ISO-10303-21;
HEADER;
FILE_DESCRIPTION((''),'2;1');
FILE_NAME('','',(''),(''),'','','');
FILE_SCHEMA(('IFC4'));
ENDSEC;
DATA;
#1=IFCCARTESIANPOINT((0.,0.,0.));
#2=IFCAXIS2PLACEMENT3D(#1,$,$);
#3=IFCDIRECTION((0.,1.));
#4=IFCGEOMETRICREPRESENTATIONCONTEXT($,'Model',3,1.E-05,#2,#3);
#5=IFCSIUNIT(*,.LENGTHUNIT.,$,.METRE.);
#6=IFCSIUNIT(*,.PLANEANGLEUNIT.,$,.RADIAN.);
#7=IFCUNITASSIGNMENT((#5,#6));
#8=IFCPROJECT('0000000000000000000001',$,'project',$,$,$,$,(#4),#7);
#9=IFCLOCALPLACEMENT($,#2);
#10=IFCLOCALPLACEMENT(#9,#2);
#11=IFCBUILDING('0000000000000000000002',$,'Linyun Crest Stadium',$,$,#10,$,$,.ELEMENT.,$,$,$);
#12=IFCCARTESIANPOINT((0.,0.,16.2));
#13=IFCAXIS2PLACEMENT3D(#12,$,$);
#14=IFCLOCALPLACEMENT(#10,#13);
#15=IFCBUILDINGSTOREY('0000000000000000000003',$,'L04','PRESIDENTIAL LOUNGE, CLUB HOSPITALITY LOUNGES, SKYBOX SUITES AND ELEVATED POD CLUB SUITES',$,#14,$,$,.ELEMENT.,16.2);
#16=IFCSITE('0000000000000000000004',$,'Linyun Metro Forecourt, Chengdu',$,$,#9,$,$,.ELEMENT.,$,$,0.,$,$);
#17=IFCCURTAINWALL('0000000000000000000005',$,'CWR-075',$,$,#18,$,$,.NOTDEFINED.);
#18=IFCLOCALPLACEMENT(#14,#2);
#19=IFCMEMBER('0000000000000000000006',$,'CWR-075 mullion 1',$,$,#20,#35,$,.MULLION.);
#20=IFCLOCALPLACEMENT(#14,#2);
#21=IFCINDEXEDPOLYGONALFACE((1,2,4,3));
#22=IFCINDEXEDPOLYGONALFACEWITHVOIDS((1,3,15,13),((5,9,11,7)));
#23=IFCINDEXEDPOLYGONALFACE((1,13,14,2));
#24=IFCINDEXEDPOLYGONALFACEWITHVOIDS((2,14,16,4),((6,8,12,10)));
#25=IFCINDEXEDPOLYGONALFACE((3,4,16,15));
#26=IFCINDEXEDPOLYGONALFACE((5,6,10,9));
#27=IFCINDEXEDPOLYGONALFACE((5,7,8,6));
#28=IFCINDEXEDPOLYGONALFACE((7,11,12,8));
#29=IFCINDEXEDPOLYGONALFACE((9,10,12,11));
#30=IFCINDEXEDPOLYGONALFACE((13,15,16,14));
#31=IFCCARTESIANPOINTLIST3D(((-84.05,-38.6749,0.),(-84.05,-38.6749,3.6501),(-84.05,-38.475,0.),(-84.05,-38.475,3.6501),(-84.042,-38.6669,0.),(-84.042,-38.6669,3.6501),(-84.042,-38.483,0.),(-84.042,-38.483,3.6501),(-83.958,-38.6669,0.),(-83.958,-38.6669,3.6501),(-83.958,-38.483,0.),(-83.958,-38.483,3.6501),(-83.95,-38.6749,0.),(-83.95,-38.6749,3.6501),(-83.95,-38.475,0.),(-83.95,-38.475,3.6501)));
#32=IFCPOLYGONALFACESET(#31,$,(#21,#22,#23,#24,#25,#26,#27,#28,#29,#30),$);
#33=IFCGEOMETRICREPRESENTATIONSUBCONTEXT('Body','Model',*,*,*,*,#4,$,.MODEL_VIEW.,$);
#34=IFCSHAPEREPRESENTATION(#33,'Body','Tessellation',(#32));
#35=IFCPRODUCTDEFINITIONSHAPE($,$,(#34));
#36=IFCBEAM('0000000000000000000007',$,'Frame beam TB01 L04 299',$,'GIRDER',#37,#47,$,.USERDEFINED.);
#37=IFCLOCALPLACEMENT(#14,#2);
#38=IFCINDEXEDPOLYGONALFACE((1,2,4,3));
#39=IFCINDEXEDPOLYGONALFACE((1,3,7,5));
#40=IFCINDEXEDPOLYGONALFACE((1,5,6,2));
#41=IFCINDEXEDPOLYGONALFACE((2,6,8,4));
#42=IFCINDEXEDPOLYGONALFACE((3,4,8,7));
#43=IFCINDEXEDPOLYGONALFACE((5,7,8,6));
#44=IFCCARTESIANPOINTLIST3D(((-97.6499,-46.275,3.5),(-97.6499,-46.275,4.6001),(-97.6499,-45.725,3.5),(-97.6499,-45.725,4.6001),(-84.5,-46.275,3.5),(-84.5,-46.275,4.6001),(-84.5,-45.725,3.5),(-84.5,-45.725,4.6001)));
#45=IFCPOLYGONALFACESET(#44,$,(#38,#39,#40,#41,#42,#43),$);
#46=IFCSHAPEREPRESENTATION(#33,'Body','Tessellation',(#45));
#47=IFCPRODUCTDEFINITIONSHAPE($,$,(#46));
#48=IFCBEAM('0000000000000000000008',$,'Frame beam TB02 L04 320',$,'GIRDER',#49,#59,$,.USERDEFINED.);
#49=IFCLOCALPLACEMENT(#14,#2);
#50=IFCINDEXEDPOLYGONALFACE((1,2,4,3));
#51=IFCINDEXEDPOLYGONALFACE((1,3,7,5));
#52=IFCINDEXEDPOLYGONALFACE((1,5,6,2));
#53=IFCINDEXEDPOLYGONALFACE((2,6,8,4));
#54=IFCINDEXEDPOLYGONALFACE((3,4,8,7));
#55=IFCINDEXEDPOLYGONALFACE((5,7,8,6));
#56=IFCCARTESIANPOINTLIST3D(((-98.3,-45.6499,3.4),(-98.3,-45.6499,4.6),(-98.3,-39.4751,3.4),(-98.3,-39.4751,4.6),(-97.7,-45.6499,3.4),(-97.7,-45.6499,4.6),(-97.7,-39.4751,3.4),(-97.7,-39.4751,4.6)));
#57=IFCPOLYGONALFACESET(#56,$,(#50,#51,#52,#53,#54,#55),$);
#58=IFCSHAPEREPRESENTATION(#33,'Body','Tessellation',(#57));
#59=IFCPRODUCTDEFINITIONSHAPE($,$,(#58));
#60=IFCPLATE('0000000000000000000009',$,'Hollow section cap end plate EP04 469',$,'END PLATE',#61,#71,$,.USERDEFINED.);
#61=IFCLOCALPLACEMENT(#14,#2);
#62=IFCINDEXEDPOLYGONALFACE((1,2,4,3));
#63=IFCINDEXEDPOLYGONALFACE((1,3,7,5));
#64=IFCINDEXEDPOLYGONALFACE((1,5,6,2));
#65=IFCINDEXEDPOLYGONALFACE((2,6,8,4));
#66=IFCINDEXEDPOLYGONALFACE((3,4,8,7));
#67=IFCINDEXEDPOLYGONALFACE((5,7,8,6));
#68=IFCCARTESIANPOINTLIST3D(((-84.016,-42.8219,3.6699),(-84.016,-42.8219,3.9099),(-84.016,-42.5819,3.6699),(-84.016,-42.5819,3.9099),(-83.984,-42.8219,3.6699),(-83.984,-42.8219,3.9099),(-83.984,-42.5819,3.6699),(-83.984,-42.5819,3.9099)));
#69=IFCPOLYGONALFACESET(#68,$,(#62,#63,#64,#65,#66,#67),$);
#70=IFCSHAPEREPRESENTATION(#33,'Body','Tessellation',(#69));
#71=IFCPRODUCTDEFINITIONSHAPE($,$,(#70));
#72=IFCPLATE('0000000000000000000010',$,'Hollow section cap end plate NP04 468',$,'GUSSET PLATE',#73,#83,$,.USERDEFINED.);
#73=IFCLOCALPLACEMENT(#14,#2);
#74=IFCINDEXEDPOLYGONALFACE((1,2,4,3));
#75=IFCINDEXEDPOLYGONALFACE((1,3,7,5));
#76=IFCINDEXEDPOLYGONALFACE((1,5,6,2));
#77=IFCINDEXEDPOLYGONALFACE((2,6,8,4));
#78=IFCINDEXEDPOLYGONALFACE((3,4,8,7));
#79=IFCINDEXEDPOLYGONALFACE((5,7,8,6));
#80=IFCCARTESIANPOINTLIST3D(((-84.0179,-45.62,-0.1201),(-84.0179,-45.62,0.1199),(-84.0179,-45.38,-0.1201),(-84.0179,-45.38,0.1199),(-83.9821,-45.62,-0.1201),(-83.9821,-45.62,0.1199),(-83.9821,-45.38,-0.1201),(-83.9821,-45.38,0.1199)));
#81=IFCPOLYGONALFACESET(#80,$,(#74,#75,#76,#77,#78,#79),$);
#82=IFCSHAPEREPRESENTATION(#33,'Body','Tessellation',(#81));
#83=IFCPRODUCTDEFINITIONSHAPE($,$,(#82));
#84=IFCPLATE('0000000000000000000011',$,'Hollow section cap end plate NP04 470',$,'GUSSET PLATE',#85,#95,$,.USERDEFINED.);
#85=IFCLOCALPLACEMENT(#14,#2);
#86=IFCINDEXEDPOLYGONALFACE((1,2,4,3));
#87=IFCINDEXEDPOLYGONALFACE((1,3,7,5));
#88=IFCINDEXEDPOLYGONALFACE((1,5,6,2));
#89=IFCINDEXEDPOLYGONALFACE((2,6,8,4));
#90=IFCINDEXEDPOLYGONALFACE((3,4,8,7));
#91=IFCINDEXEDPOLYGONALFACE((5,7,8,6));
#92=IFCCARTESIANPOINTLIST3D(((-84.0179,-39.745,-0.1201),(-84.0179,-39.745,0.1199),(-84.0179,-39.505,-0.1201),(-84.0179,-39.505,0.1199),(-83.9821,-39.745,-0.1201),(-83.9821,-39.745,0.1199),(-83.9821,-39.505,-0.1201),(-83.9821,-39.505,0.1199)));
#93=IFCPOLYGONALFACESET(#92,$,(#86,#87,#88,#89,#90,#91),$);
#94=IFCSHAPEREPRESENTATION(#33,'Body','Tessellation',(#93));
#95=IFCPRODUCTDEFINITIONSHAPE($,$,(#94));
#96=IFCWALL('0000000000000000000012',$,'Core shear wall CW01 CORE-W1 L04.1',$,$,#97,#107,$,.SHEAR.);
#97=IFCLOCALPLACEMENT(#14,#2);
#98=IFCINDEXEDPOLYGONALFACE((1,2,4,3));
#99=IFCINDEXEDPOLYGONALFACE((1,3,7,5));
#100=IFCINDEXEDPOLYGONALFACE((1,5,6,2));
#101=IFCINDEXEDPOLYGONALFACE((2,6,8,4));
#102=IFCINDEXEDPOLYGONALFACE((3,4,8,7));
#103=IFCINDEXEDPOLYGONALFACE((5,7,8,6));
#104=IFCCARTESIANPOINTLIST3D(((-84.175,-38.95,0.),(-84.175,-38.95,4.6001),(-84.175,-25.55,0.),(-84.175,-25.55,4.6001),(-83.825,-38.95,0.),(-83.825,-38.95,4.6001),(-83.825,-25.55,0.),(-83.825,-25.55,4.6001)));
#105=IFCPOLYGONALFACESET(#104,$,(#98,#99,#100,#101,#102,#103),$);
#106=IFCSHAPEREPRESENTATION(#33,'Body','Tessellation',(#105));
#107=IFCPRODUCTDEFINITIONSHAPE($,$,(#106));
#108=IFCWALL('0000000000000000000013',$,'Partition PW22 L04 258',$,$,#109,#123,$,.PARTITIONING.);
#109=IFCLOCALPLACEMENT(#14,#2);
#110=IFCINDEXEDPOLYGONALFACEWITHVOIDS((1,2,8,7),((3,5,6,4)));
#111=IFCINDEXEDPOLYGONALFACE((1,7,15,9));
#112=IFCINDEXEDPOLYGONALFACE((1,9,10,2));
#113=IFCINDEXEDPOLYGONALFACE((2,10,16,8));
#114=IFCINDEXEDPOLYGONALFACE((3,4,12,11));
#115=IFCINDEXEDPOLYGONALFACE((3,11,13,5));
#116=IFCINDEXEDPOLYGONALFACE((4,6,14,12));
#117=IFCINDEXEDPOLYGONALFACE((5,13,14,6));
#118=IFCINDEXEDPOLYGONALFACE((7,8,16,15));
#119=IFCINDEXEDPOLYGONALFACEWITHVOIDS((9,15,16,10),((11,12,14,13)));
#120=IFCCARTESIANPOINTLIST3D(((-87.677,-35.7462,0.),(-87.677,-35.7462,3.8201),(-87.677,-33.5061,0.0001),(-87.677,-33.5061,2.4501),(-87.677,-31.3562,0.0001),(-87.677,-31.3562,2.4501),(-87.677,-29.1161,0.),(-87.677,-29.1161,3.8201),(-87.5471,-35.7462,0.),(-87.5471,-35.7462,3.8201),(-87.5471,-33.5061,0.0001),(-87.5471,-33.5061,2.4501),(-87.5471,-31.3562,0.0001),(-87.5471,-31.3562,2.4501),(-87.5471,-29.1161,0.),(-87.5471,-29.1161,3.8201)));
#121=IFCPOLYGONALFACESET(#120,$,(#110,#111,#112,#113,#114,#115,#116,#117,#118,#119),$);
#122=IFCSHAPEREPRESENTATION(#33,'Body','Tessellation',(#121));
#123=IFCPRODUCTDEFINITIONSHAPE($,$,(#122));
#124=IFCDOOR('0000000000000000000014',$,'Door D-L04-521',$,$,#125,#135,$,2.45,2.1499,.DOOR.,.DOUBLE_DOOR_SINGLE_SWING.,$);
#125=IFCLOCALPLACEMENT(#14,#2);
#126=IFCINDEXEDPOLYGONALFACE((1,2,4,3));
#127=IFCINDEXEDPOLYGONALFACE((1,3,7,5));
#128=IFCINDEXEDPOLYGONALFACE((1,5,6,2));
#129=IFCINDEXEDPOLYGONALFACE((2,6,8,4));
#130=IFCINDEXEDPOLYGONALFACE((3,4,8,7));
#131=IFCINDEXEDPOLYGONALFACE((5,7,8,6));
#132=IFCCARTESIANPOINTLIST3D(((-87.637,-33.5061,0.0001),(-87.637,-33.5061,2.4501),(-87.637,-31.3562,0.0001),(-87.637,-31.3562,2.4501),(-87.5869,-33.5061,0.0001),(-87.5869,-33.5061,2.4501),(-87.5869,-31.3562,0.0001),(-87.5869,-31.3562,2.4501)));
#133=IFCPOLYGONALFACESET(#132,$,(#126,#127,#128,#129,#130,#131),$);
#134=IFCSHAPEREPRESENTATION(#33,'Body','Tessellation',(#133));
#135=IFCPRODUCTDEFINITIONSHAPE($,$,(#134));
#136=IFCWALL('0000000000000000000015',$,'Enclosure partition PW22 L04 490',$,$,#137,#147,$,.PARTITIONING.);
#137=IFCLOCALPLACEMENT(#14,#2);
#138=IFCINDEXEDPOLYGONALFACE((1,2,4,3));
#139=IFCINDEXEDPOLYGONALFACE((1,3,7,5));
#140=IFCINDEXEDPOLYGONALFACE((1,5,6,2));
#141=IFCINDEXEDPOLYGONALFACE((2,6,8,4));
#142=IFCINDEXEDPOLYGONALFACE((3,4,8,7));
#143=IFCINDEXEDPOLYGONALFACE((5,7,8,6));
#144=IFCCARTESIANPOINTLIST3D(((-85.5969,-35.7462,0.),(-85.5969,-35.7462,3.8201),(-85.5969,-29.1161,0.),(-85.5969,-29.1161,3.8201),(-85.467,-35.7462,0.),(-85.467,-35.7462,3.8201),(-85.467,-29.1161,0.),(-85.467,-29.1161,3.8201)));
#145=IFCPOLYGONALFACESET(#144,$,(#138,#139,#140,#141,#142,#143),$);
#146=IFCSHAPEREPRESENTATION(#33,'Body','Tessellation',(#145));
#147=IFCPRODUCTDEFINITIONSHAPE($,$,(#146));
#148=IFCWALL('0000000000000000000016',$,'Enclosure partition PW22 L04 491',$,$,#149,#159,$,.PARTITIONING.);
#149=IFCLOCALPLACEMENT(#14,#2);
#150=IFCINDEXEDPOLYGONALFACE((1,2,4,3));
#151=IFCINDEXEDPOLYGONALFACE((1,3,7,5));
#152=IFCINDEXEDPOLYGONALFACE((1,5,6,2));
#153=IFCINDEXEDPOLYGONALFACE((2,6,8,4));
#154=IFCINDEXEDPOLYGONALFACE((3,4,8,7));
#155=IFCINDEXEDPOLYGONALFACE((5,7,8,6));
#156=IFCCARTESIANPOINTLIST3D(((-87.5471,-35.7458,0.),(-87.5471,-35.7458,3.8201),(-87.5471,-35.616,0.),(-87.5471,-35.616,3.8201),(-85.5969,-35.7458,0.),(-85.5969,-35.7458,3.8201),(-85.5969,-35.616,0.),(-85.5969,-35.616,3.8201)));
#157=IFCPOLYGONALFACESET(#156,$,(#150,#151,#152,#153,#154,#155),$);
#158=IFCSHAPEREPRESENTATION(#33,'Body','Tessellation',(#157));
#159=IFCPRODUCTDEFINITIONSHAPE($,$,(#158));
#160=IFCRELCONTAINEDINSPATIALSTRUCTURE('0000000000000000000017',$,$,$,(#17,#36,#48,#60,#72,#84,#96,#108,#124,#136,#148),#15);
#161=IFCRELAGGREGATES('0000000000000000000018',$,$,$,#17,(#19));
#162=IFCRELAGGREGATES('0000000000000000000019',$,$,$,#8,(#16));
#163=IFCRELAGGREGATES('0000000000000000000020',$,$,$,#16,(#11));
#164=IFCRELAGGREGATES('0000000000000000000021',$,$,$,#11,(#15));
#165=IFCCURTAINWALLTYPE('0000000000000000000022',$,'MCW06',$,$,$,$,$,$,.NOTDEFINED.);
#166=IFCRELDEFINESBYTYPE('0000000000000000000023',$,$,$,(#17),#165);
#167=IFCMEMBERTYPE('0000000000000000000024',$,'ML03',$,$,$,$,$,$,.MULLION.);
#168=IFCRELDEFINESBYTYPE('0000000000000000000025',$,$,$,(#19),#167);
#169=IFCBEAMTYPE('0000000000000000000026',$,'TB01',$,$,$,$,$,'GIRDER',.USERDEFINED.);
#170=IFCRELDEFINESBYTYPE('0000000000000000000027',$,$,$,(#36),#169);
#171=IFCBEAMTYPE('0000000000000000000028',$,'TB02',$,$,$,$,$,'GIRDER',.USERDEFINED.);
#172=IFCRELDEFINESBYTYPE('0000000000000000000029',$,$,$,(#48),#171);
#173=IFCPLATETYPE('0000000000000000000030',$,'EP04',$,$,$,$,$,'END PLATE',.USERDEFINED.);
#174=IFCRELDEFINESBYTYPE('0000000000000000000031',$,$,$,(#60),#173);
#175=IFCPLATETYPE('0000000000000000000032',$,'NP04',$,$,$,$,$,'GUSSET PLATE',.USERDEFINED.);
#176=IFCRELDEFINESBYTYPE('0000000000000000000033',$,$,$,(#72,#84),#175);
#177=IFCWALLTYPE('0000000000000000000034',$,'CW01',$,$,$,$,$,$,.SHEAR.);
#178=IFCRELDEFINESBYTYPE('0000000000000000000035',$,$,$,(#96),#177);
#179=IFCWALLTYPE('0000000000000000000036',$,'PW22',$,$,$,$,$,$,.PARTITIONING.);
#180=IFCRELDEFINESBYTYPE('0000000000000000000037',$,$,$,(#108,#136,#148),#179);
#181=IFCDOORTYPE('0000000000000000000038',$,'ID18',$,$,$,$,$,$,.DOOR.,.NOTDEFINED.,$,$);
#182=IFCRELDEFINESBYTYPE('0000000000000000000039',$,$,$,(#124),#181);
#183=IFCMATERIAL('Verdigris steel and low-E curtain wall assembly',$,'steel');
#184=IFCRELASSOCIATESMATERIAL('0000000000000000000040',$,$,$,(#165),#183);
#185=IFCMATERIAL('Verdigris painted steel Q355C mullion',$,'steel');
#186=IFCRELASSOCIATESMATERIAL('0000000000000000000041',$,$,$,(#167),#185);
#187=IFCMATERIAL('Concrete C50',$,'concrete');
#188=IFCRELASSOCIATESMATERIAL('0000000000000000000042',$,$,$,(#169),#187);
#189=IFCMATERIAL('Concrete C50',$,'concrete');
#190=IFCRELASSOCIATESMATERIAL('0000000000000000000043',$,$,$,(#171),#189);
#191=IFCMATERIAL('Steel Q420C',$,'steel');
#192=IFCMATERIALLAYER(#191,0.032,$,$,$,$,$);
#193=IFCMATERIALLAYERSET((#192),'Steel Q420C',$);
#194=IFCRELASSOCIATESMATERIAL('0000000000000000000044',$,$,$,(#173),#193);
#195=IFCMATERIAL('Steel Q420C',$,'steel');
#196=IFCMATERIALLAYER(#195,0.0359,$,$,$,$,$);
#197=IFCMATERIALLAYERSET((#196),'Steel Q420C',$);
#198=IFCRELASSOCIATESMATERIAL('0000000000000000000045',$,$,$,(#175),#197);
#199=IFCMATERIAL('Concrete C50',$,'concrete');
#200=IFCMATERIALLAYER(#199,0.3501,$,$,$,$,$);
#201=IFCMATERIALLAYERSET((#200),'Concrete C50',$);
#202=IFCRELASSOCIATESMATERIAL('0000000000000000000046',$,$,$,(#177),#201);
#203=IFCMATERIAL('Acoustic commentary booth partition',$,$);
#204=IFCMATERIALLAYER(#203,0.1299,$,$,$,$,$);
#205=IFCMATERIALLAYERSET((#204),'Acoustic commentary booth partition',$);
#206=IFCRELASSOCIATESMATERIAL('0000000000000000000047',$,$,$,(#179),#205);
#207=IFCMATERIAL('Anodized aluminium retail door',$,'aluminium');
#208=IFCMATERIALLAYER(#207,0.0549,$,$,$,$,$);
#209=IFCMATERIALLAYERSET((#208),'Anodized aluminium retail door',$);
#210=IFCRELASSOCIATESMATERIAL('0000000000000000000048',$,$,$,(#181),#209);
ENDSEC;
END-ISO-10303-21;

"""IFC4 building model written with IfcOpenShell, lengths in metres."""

from ifc_helpers import new_model, si_unit, direction, frame, frame_2d, origin, origin_2d, place, context, subcontext, project, spatial, rectangle, hollow_rectangle, extrude, material, layer, layer_set, material_profile, profile_set, type_object, element, fill, aggregate, save


model = new_model("IFC4")

# Units and contexts
model_context = context("Model", 3, precision=1e-05, world=origin(), true_north=direction((0.0, 1.0)))
body_context = subcontext(model_context, "Body", "Model", "MODEL_VIEW")
ifc_project = project(units=[si_unit("LENGTHUNIT", "METRE"), si_unit("PLANEANGLEUNIT", "RADIAN")], contexts=[model_context])

# Site, building, storey
site_placement = place(None, origin())
site = spatial("IfcSite", under=ifc_project, at=site_placement, Name="Linyun Metro Forecourt, Chengdu", CompositionType="ELEMENT", RefElevation=0.0)
building_placement = place(site_placement, origin())
building = spatial("IfcBuilding", under=site, at=building_placement, Name="Linyun Crest Stadium", CompositionType="ELEMENT")
storey_placement = place(building_placement, frame((0.0, 0.0, 16.2)))
storey = spatial("IfcBuildingStorey", under=building, at=storey_placement, Name="L04", Description="PRESIDENTIAL LOUNGE, CLUB HOSPITALITY LOUNGES, SKYBOX SUITES AND ELEVATED POD CLUB SUITES", CompositionType="ELEMENT", Elevation=16.2)

# Curtain wall, member
ifc_material_1 = material(Name="Verdigris steel and low-E curtain wall assembly", Category="steel")
curtain_wall_type = type_object("IfcCurtainWallType", Name="MCW06", PredefinedType="NOTDEFINED", material=ifc_material_1)
curtain_wall_placement = place(storey_placement, origin())
curtain_wall = element("IfcCurtainWall", 1, at=curtain_wall_placement, inside=storey, type_object=curtain_wall_type, Name="CWR-075", PredefinedType="NOTDEFINED")
ifc_material_2 = material(Name="Verdigris painted steel Q355C mullion", Category="steel")
ifc_material_profile_1 = material_profile(ifc_material_2, hollow_rectangle(XDim=0.1001, YDim=0.2, WallThickness=0.0081, at=origin_2d()), Name="RHS 200x100x8")
ifc_profile_set_1 = profile_set([ifc_material_profile_1], Name="Verdigris painted steel Q355C mullion")
member_type_1 = type_object("IfcMemberType", Name="ML03", PredefinedType="MULLION", material=ifc_profile_set_1)
member_1_placement = place(storey_placement, frame((-84.0, -38.575, 0.0), z_axis=(0.0, 0.0, 1.0), x_axis=(-1.0, 0.0, 0.0)))
member_1 = element("IfcMember", 2, at=member_1_placement, type_object=member_type_1, Name="CWR-075 mullion 1", PredefinedType="MULLION", context=body_context, shape_type="SweptSolid", body=[
    extrude(hollow_rectangle(XDim=0.1001, YDim=0.2, WallThickness=0.0081, at=origin_2d()), origin(), (0.0, 0.0, 1.0), 3.6501),
])
aggregate(curtain_wall, [member_1])

# Beams
ifc_material_3 = material(Name="Concrete C50", Category="concrete")
ifc_material_profile_2 = material_profile(ifc_material_3, rectangle(XDim=0.55, YDim=1.1001, at=origin_2d()), Name="RCB 1100x550")
ifc_profile_set_2 = profile_set([ifc_material_profile_2], Name="Concrete C50")
beam_type_1 = type_object("IfcBeamType", Name="TB01", ElementType="GIRDER", PredefinedType="USERDEFINED", material=ifc_profile_set_2)
beam_1_placement = place(storey_placement, frame((-97.6499, -46.0, 4.05), z_axis=(1.0, 0.0, 0.0), x_axis=(0.0, 1.0, 0.0)))
element("IfcBeam", 3, at=beam_1_placement, inside=storey, type_object=beam_type_1, Name="Frame beam TB01 L04 299", ObjectType="GIRDER", PredefinedType="USERDEFINED", context=body_context, shape_type="SweptSolid", body=[
    extrude(rectangle(XDim=0.55, YDim=1.1001, at=origin_2d()), origin(), (0.0, 0.0, 1.0), 13.1499),
])
ifc_material_4 = material(Name="Concrete C50", Category="concrete")
ifc_material_profile_3 = material_profile(ifc_material_4, rectangle(XDim=0.6001, YDim=1.2, at=origin_2d()), Name="RCB 1200x600")
ifc_profile_set_3 = profile_set([ifc_material_profile_3], Name="Concrete C50")
beam_type_2 = type_object("IfcBeamType", Name="TB02", ElementType="GIRDER", PredefinedType="USERDEFINED", material=ifc_profile_set_3)
beam_2_placement = place(storey_placement, frame((-98.0, -45.6499, 4.0), z_axis=(0.0, 1.0, 0.0), x_axis=(-1.0, 0.0, 0.0)))
element("IfcBeam", 4, at=beam_2_placement, inside=storey, type_object=beam_type_2, Name="Frame beam TB02 L04 320", ObjectType="GIRDER", PredefinedType="USERDEFINED", context=body_context, shape_type="SweptSolid", body=[
    extrude(rectangle(XDim=0.6001, YDim=1.2, at=origin_2d()), origin(), (0.0, 0.0, 1.0), 6.1748),
])

# Plates
ifc_material_5 = material(Name="Steel Q420C", Category="steel")
ifc_layer_1 = layer(ifc_material_5, 0.032)
ifc_layer_set_1 = layer_set([ifc_layer_1], Name="Steel Q420C")
plate_type_1 = type_object("IfcPlateType", Name="EP04", ElementType="END PLATE", PredefinedType="USERDEFINED", material=ifc_layer_set_1)
plate_placement = place(storey_placement, frame((-84.0, -42.7019, 3.6699), z_axis=(0.0, 0.0, 1.0), x_axis=(0.0, 1.0, 0.0)))
element("IfcPlate", 5, at=plate_placement, inside=storey, type_object=plate_type_1, Name="Hollow section cap end plate EP04 469", ObjectType="END PLATE", PredefinedType="USERDEFINED", context=body_context, shape_type="SweptSolid", body=[
    extrude(rectangle(XDim=0.24, YDim=0.032, at=origin_2d()), origin(), (0.0, 0.0, 1.0), 0.24),
])
ifc_material_6 = material(Name="Steel Q420C", Category="steel")
ifc_layer_2 = layer(ifc_material_6, 0.0359)
ifc_layer_set_2 = layer_set([ifc_layer_2], Name="Steel Q420C")
plate_type_2 = type_object("IfcPlateType", Name="NP04", ElementType="GUSSET PLATE", PredefinedType="USERDEFINED", material=ifc_layer_set_2)
for number, where, z_axis, x_axis, name in (
    (6, (-84.0, -45.5, -0.1201), (0.0, 0.0, 1.0), (0.0, 1.0, 0.0), "Hollow section cap end plate NP04 468"),
    (7, (-84.0, -39.625, -0.1201), (0.0, 0.0, 1.0), (0.0, 1.0, 0.0), "Hollow section cap end plate NP04 470"),
):
    element("IfcPlate", number, at=place(storey_placement, frame(where, z_axis=z_axis, x_axis=x_axis)), inside=storey, type_object=plate_type_2, Name=name, ObjectType="GUSSET PLATE", PredefinedType="USERDEFINED", context=body_context, shape_type="SweptSolid", body=[
        extrude(rectangle(XDim=0.24, YDim=0.0359, at=origin_2d()), origin(), (0.0, 0.0, 1.0), 0.24),
    ])

# Wall
ifc_material_7 = material(Name="Concrete C50", Category="concrete")
ifc_layer_3 = layer(ifc_material_7, 0.3501)
ifc_layer_set_3 = layer_set([ifc_layer_3], Name="Concrete C50")
wall_type_1 = type_object("IfcWallType", Name="CW01", PredefinedType="SHEAR", material=ifc_layer_set_3)
wall_1_placement = place(storey_placement, frame((-84.0, -38.95, 0.0), z_axis=(0.0, 0.0, 1.0), x_axis=(0.0, 1.0, 0.0)))
element("IfcWall", 8, at=wall_1_placement, inside=storey, type_object=wall_type_1, Name="Core shear wall CW01 CORE-W1 L04.1", PredefinedType="SHEAR", context=body_context, shape_type="SweptSolid", body=[
    extrude(rectangle(XDim=13.3999, YDim=0.3501, at=frame_2d((6.7, 0.0))), origin(), (0.0, 0.0, 1.0), 4.6001),
])

# Wall, opening, door
ifc_material_8 = material(Name="Acoustic commentary booth partition")
ifc_layer_4 = layer(ifc_material_8, 0.1299)
ifc_layer_set_4 = layer_set([ifc_layer_4], Name="Acoustic commentary booth partition")
wall_type_2 = type_object("IfcWallType", Name="PW22", PredefinedType="PARTITIONING", material=ifc_layer_set_4)
wall_2_placement = place(storey_placement, frame((-87.6121, -35.7461, 0.0), z_axis=(0.0, 0.0, 1.0), x_axis=(0.0, 1.0, 0.0)))
wall_2 = element("IfcWall", 9, at=wall_2_placement, inside=storey, type_object=wall_type_2, Name="Partition PW22 L04 258", PredefinedType="PARTITIONING", context=body_context, shape_type="SweptSolid", body=[
    extrude(rectangle(XDim=6.6301, YDim=0.1299, at=frame_2d((3.3149, 0.0))), origin(), (0.0, 0.0, 1.0), 3.8201),
])
opening_1_placement = place(wall_2_placement, frame((2.24, 0.0, 0.0)))
opening_1 = element("IfcOpeningElement", 10, at=opening_1_placement, cuts=wall_2, PredefinedType="OPENING", context=body_context, shape_type="SweptSolid", body=[
    extrude(rectangle(XDim=2.1499, YDim=2.45, at=frame_2d((1.075, 1.2251))), frame((0.0, 0.075, 0.0), z_axis=(0.0, -1.0, 0.0), x_axis=(1.0, 0.0, 0.0)), (0.0, 0.0, 1.0), 0.1499),
])
ifc_material_9 = material(Name="Anodized aluminium retail door", Category="aluminium")
ifc_layer_5 = layer(ifc_material_9, 0.0549)
ifc_layer_set_5 = layer_set([ifc_layer_5], Name="Anodized aluminium retail door")
door_type_1 = type_object("IfcDoorType", Name="ID18", OperationType="NOTDEFINED", PredefinedType="DOOR", material=ifc_layer_set_5)
door_1_placement = place(opening_1_placement, origin())
door_1 = element("IfcDoor", 11, at=door_1_placement, inside=storey, type_object=door_type_1, Name="Door D-L04-521", OperationType="DOUBLE_DOOR_SINGLE_SWING", OverallHeight=2.45, OverallWidth=2.1499, PredefinedType="DOOR", context=body_context, shape_type="SweptSolid", body=[
    extrude(rectangle(XDim=2.1499, YDim=2.45, at=frame_2d((1.075, 1.2251))), frame((0.0, 0.0249, 0.0), z_axis=(0.0, -1.0, 0.0), x_axis=(1.0, 0.0, 0.0)), (0.0, 0.0, 1.0), 0.05),
])
fill(opening_1, door_1)

# Walls
wall_3_placement = place(storey_placement, frame((-85.532, -35.7461, 0.0), z_axis=(0.0, 0.0, 1.0), x_axis=(0.0, 1.0, 0.0)))
element("IfcWall", 12, at=wall_3_placement, inside=storey, type_object=wall_type_2, Name="Enclosure partition PW22 L04 490", PredefinedType="PARTITIONING", context=body_context, shape_type="SweptSolid", body=[
    extrude(rectangle(XDim=6.6301, YDim=0.1299, at=frame_2d((3.3149, 0.0))), origin(), (0.0, 0.0, 1.0), 3.8201),
])
wall_4_placement = place(storey_placement, frame((-87.5471, -35.6809, 0.0), z_axis=(0.0, 0.0, 1.0), x_axis=(1.0, 0.0, 0.0)))
element("IfcWall", 13, at=wall_4_placement, inside=storey, type_object=wall_type_2, Name="Enclosure partition PW22 L04 491", PredefinedType="PARTITIONING", context=body_context, shape_type="SweptSolid", body=[
    extrude(rectangle(XDim=1.9502, YDim=0.1299, at=frame_2d((0.9751, 0.0))), origin(), (0.0, 0.0, 1.0), 3.8201),
])

save(model, "model.ifc")
